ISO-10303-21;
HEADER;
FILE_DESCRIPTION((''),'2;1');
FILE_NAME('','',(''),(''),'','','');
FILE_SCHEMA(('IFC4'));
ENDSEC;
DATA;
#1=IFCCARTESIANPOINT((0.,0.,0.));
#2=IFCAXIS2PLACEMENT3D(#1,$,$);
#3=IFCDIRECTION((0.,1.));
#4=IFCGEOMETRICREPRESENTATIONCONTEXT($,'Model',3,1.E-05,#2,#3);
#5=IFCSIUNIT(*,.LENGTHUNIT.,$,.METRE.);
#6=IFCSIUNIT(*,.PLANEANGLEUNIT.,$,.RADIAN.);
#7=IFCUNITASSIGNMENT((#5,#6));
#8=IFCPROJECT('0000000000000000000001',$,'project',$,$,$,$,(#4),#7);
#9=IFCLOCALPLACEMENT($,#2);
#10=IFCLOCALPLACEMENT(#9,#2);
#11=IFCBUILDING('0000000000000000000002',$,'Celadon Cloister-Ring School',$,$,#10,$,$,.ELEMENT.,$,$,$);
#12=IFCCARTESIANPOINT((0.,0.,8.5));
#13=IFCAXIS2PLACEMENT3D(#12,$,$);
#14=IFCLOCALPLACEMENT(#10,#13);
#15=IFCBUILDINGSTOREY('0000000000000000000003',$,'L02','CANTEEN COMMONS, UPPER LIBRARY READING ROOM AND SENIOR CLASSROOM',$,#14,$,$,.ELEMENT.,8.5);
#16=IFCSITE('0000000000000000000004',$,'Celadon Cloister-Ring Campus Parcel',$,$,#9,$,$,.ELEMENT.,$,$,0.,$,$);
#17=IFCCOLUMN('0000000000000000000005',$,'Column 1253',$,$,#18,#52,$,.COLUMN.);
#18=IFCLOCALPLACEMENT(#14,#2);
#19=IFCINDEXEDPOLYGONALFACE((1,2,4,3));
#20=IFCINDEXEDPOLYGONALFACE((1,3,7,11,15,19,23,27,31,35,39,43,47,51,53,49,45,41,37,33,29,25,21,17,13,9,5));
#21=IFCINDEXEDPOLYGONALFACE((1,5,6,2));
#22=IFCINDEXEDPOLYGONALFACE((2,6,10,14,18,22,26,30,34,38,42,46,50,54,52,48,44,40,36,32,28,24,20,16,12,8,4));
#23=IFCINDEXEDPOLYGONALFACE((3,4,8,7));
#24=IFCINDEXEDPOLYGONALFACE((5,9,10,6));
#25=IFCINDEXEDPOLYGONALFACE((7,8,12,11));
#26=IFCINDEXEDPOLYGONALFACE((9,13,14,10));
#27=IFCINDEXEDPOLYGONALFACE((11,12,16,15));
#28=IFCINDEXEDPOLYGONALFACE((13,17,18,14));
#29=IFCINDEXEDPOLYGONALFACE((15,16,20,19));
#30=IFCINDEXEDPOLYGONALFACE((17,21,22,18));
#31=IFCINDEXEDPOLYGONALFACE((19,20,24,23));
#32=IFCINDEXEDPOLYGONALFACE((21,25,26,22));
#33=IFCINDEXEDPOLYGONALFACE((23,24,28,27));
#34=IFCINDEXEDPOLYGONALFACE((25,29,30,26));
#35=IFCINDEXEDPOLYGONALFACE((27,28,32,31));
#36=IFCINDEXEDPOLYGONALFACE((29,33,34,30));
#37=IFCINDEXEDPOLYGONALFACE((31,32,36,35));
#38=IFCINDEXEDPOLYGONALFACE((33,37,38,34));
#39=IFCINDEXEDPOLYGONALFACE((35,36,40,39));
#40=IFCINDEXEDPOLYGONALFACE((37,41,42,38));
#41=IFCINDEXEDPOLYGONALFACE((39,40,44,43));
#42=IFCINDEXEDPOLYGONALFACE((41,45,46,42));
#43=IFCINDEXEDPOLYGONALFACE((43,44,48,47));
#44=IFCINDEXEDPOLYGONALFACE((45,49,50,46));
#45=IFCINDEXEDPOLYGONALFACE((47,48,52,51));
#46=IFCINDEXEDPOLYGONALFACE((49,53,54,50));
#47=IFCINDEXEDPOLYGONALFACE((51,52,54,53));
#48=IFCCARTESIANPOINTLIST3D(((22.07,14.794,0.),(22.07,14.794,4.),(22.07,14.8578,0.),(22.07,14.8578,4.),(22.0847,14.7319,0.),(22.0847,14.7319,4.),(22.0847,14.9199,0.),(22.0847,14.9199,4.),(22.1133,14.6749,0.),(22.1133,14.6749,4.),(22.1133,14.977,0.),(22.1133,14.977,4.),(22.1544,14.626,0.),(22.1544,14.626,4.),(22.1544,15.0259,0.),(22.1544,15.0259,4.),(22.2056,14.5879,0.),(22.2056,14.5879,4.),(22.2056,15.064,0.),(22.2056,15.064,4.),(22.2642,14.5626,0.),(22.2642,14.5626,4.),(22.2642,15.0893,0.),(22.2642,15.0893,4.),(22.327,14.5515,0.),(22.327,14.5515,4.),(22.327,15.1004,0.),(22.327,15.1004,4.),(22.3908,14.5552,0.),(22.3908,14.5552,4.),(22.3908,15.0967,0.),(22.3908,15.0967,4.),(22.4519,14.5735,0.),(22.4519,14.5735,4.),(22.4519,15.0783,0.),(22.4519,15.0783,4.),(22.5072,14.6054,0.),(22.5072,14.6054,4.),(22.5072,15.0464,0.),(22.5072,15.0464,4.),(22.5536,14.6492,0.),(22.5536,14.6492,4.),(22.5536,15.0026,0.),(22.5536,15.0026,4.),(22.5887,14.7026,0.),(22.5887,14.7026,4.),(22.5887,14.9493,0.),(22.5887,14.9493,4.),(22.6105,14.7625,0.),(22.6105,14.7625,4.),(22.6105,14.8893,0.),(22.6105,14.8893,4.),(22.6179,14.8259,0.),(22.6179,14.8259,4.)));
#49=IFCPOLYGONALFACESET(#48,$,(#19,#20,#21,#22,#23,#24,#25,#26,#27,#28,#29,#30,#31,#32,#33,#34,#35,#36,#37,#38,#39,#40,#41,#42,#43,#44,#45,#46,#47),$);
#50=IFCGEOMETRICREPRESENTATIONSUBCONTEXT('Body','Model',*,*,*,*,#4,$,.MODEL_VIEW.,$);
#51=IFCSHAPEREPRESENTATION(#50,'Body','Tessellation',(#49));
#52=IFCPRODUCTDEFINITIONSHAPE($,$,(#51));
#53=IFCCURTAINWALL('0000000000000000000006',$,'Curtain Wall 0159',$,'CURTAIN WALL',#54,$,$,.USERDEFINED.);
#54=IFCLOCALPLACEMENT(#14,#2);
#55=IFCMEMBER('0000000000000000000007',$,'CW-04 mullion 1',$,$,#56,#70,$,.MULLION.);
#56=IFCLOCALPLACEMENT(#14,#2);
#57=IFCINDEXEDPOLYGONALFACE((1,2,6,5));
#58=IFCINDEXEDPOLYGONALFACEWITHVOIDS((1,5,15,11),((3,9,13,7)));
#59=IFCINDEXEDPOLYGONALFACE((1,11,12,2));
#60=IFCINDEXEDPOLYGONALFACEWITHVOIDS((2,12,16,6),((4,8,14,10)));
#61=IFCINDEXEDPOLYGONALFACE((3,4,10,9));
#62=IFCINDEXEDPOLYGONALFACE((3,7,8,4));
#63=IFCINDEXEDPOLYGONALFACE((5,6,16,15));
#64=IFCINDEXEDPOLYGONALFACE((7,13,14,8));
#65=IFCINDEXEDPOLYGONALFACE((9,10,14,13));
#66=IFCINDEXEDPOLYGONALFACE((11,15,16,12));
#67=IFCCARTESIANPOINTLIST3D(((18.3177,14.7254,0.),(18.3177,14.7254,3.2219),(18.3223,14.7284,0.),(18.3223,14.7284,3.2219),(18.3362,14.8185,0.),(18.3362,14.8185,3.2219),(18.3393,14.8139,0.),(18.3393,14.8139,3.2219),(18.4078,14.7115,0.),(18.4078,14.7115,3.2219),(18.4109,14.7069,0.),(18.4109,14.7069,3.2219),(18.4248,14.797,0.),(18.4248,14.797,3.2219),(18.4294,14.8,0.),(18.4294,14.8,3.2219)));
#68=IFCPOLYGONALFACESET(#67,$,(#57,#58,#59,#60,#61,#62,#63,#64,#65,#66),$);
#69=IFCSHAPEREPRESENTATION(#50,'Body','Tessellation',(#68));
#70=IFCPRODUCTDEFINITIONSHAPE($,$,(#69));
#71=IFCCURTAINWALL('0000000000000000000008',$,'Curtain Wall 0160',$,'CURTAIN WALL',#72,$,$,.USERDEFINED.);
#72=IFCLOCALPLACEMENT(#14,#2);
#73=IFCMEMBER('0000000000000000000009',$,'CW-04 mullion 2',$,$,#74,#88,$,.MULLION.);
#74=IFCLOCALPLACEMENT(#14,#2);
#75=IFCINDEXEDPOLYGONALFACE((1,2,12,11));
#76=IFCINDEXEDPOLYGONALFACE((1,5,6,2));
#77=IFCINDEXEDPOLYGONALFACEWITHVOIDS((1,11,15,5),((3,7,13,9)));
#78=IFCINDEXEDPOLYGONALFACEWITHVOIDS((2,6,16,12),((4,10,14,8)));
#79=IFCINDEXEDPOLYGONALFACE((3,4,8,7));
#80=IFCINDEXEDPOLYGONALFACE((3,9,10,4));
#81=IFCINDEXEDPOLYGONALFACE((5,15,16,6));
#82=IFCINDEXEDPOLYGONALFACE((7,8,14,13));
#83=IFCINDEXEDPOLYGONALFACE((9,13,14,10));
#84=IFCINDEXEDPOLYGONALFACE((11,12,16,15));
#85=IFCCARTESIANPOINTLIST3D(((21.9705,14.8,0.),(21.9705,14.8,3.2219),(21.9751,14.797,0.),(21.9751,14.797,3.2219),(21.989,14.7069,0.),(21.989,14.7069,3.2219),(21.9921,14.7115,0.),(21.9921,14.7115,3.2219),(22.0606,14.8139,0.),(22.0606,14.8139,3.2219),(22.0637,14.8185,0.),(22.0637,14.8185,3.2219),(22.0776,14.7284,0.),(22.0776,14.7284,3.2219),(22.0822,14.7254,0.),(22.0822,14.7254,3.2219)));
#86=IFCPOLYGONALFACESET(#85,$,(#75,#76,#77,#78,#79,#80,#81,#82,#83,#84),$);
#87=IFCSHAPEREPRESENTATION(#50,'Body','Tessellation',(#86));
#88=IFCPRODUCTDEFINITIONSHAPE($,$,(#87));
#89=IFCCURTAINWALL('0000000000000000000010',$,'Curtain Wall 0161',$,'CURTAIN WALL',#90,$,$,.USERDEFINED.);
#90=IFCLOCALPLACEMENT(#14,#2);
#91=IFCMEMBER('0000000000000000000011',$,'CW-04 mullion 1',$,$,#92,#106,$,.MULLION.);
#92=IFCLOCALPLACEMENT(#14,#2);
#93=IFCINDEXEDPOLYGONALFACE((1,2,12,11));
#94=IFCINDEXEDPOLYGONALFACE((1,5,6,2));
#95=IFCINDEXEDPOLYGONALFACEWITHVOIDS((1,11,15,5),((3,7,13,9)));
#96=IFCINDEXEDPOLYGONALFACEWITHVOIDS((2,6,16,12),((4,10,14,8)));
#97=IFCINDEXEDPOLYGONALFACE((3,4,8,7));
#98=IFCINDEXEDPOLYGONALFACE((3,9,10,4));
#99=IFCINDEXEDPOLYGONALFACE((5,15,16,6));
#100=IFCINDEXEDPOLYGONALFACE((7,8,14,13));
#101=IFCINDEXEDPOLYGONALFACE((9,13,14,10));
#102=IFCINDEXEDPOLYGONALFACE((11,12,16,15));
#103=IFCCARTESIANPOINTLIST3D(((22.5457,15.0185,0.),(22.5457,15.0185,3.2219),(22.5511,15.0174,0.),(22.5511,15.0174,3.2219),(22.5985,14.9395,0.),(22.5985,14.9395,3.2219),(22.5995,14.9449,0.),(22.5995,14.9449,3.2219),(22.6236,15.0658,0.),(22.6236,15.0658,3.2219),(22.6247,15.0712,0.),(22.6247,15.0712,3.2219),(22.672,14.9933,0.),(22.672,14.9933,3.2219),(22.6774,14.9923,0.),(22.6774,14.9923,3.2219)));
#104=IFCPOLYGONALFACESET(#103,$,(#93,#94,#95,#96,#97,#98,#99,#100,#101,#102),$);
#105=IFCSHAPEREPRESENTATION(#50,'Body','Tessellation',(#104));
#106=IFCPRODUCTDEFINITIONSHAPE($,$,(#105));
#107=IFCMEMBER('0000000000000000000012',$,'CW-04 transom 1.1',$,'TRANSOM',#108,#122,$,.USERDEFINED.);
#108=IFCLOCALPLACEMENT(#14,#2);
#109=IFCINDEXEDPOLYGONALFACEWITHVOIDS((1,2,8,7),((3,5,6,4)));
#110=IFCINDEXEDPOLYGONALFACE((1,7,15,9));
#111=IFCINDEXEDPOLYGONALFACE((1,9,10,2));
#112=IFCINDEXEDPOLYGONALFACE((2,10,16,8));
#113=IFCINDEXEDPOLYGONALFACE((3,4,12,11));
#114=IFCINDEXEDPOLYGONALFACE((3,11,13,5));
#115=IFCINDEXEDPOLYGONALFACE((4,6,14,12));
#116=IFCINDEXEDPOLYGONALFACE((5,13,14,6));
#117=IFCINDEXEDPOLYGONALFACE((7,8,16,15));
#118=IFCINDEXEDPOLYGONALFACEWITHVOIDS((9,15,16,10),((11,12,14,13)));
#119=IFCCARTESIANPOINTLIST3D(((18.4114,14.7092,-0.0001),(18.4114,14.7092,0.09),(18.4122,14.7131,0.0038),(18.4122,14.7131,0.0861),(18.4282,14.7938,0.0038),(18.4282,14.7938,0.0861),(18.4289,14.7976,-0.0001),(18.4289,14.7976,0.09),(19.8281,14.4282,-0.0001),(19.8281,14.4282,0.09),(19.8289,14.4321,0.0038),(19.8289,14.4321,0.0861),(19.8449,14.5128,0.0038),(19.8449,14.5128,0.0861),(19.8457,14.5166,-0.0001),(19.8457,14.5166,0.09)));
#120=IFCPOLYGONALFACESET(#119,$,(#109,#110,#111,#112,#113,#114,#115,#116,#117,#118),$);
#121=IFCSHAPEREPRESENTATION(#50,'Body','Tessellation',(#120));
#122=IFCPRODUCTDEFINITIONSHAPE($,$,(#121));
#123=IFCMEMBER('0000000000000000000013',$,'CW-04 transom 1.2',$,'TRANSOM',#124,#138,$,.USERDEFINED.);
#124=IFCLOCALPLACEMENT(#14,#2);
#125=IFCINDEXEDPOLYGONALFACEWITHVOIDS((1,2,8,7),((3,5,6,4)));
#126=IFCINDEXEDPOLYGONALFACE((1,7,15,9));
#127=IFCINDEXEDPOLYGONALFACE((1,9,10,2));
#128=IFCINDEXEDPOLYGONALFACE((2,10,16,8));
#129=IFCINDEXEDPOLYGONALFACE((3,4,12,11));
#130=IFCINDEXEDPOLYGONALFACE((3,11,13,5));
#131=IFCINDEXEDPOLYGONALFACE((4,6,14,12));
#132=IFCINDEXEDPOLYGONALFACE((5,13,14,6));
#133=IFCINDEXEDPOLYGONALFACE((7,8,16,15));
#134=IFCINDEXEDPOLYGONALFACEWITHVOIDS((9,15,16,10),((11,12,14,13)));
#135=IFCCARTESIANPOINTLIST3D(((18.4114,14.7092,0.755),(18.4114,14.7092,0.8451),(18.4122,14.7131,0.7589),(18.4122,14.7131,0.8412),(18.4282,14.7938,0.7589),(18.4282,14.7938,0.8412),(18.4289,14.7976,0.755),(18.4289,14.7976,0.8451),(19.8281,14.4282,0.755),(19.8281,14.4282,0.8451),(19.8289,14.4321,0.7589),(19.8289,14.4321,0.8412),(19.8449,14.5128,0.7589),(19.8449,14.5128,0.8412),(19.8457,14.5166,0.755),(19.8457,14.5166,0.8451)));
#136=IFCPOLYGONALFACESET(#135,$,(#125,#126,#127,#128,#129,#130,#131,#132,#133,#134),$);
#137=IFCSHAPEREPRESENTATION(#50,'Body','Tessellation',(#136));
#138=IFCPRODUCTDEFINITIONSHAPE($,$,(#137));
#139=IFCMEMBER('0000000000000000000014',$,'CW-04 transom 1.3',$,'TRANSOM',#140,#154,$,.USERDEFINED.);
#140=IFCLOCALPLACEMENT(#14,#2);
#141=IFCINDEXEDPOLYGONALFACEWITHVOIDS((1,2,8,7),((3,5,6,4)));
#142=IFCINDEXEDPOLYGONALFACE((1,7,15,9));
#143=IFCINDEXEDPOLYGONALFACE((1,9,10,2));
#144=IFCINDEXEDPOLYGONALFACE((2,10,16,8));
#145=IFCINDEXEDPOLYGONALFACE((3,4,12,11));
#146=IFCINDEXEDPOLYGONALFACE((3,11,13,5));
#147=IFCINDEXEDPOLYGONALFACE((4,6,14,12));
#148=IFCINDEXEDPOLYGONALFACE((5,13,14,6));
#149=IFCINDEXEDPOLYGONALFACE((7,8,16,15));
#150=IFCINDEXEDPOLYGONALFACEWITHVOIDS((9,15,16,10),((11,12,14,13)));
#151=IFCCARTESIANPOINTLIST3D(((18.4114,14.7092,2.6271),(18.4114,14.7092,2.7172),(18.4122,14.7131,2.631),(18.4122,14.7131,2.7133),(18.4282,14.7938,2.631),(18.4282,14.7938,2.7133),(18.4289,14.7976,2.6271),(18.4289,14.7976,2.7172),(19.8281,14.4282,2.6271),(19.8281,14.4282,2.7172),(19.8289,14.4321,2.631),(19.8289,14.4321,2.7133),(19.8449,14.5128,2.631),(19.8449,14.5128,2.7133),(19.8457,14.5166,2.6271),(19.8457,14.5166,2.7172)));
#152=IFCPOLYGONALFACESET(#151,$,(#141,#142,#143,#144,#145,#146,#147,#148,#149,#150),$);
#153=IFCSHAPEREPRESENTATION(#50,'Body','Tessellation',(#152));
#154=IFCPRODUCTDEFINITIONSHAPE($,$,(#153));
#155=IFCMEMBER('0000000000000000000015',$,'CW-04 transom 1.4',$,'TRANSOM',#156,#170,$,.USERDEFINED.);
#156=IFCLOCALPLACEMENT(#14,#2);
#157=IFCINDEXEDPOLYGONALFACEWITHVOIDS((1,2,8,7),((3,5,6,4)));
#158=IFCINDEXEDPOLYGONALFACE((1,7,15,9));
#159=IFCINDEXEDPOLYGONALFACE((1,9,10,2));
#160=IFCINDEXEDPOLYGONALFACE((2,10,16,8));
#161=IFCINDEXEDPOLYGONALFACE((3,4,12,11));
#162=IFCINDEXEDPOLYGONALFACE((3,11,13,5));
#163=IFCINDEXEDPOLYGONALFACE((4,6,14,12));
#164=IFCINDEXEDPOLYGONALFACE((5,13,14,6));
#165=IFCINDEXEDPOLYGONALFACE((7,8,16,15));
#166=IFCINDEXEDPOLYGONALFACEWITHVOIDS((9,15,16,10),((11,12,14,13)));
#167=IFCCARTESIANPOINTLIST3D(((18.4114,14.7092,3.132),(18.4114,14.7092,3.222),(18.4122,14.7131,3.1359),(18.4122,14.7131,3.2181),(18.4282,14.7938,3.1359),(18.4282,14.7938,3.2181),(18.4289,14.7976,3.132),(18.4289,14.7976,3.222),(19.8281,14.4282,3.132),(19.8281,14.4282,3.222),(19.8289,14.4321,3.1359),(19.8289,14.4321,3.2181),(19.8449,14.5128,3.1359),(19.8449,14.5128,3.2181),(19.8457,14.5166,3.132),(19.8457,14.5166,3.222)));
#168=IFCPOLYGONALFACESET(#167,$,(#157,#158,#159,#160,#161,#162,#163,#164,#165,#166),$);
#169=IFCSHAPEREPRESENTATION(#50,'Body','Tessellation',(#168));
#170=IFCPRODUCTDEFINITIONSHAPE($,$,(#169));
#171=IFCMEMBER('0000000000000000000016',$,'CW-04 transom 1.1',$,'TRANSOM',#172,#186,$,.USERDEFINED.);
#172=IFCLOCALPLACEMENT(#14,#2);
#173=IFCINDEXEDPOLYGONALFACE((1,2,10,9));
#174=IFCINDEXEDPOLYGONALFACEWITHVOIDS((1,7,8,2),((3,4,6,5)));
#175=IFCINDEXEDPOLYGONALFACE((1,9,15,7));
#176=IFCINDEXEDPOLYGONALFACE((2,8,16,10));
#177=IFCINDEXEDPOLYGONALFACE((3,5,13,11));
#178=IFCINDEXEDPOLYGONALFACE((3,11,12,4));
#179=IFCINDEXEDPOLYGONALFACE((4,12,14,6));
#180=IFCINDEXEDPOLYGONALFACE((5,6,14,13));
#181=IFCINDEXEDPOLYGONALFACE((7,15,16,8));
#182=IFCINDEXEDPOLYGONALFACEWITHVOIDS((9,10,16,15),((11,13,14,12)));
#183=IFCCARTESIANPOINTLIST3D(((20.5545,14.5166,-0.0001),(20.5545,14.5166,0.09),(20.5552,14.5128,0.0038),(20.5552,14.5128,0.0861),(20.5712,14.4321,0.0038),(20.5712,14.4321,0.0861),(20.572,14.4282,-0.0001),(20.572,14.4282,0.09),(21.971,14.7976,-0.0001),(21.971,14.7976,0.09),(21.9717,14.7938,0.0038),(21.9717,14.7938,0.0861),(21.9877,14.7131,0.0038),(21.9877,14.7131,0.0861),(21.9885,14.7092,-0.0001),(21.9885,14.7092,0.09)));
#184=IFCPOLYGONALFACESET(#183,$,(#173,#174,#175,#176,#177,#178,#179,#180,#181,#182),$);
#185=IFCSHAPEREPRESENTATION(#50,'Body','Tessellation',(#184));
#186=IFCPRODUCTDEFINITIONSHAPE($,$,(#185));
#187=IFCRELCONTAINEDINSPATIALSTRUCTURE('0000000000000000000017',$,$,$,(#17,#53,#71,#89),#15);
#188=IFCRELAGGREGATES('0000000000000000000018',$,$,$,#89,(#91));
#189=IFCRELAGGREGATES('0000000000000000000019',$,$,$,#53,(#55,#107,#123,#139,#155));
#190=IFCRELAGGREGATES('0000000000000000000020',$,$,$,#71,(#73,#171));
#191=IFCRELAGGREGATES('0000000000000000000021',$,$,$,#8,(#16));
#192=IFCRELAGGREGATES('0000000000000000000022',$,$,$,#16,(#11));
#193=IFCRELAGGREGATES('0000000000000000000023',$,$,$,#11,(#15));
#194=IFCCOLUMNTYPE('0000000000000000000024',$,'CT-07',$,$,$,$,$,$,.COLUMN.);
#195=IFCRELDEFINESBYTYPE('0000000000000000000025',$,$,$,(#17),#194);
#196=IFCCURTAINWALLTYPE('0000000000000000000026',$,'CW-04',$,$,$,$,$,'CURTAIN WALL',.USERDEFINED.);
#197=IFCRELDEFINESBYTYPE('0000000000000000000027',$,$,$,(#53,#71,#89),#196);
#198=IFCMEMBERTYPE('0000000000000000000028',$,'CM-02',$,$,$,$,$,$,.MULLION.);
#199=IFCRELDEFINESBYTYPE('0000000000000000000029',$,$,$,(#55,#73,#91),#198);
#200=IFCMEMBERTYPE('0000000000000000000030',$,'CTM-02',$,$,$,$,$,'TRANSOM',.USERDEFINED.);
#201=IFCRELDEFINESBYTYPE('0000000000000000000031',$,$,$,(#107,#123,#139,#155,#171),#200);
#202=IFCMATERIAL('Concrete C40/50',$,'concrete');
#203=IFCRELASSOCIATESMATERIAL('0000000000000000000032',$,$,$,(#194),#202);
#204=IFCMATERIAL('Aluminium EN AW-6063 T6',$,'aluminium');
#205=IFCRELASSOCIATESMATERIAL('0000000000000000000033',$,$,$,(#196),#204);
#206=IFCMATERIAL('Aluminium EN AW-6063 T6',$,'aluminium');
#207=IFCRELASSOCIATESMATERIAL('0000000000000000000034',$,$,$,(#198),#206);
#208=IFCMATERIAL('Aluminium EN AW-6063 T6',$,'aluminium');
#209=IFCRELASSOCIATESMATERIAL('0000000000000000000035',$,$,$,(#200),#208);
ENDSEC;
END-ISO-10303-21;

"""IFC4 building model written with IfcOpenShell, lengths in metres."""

from ifc_helpers import new_model, si_unit, direction, frame, origin, origin_2d, place, context, subcontext, project, spatial, hollow_rectangle, circle, extrude, material, material_profile, profile_set, type_object, element, aggregate, save


model = new_model("IFC4")

# Units and contexts
model_context = context("Model", 3, precision=1e-05, world=origin(), true_north=direction((0.0, 1.0)))
body_context = subcontext(model_context, "Body", "Model", "MODEL_VIEW")
ifc_project = project(units=[si_unit("LENGTHUNIT", "METRE"), si_unit("PLANEANGLEUNIT", "RADIAN")], contexts=[model_context])

# Site, building, storey
site_placement = place(None, origin())
site = spatial("IfcSite", under=ifc_project, at=site_placement, Name="Celadon Cloister-Ring Campus Parcel", CompositionType="ELEMENT", RefElevation=0.0)
building_placement = place(site_placement, origin())
building = spatial("IfcBuilding", under=site, at=building_placement, Name="Celadon Cloister-Ring School", CompositionType="ELEMENT")
storey_placement = place(building_placement, frame((0.0, 0.0, 8.5)))
storey = spatial("IfcBuildingStorey", under=building, at=storey_placement, Name="L02", Description="CANTEEN COMMONS, UPPER LIBRARY READING ROOM AND SENIOR CLASSROOM", CompositionType="ELEMENT", Elevation=8.5)

# Column
ifc_material_1 = material(Name="Concrete C40/50", Category="concrete")
ifc_material_profile_1 = material_profile(ifc_material_1, circle(Radius=0.2749, at=origin_2d()), Name="CIRC550")
ifc_profile_set_1 = profile_set([ifc_material_profile_1], Name="Concrete C40/50")
column_type = type_object("IfcColumnType", Name="CT-07", PredefinedType="COLUMN", material=ifc_profile_set_1)
column_placement = place(storey_placement, frame((22.343, 14.8259, 0.0), z_axis=(0.0, 0.0, 1.0), x_axis=(1.0, 0.0, 0.0)))
element("IfcColumn", 1, at=column_placement, inside=storey, type_object=column_type, Name="Column 1253", PredefinedType="COLUMN", context=body_context, shape_type="SweptSolid", body=[
    extrude(circle(Radius=0.2749, at=origin_2d()), origin(), (0.0, 0.0, 1.0), 4.0),
])

# Curtain walls, members
ifc_material_2 = material(Name="Aluminium EN AW-6063 T6", Category="aluminium")
curtain_wall_type = type_object("IfcCurtainWallType", Name="CW-04", ElementType="CURTAIN WALL", PredefinedType="USERDEFINED", material=ifc_material_2)
curtain_wall_1_placement = place(storey_placement, origin())
curtain_wall_1 = element("IfcCurtainWall", 2, at=curtain_wall_1_placement, inside=storey, type_object=curtain_wall_type, Name="Curtain Wall 0159", ObjectType="CURTAIN WALL", PredefinedType="USERDEFINED")
ifc_material_3 = material(Name="Aluminium EN AW-6063 T6", Category="aluminium")
ifc_material_profile_2 = material_profile(ifc_material_3, hollow_rectangle(XDim=0.095, YDim=0.095, WallThickness=0.0039, at=origin_2d()), Name="RHS95X95X4")
ifc_profile_set_2 = profile_set([ifc_material_profile_2], Name="Aluminium EN AW-6063 T6")
member_type_1 = type_object("IfcMemberType", Name="CM-02", PredefinedType="MULLION", material=ifc_profile_set_2)
member_1_placement = place(storey_placement, frame((18.3735, 14.7627, 0.0), z_axis=(0.0, 0.0, 1.0), x_axis=(0.194586, 0.980885, 0.0)))
member_1 = element("IfcMember", 3, at=member_1_placement, type_object=member_type_1, Name="CW-04 mullion 1", PredefinedType="MULLION", context=body_context, shape_type="SweptSolid", body=[
    extrude(hollow_rectangle(XDim=0.095, YDim=0.095, WallThickness=0.0039, at=origin_2d()), origin(), (0.0, 0.0, 1.0), 3.2219),
])
curtain_wall_2_placement = place(storey_placement, origin())
curtain_wall_2 = element("IfcCurtainWall", 4, at=curtain_wall_2_placement, inside=storey, type_object=curtain_wall_type, Name="Curtain Wall 0160", ObjectType="CURTAIN WALL", PredefinedType="USERDEFINED")
member_2_placement = place(storey_placement, frame((22.0264, 14.7627, 0.0), z_axis=(0.0, 0.0, 1.0), x_axis=(-0.194586, 0.980885, 0.0)))
member_2 = element("IfcMember", 5, at=member_2_placement, type_object=member_type_1, Name="CW-04 mullion 2", PredefinedType="MULLION", context=body_context, shape_type="SweptSolid", body=[
    extrude(hollow_rectangle(XDim=0.095, YDim=0.095, WallThickness=0.0039, at=origin_2d()), origin(), (0.0, 0.0, 1.0), 3.2219),
])
curtain_wall_3_placement = place(storey_placement, origin())
curtain_wall_3 = element("IfcCurtainWall", 6, at=curtain_wall_3_placement, inside=storey, type_object=curtain_wall_type, Name="Curtain Wall 0161", ObjectType="CURTAIN WALL", PredefinedType="USERDEFINED")
member_3_placement = place(storey_placement, frame((22.6116, 15.0054, 0.0), z_axis=(0.0, 0.0, 1.0), x_axis=(-0.555547, 0.831485, 0.0)))
member_3 = element("IfcMember", 7, at=member_3_placement, type_object=member_type_1, Name="CW-04 mullion 1", PredefinedType="MULLION", context=body_context, shape_type="SweptSolid", body=[
    extrude(hollow_rectangle(XDim=0.095, YDim=0.095, WallThickness=0.0039, at=origin_2d()), origin(), (0.0, 0.0, 1.0), 3.2219),
])
aggregate(curtain_wall_3, [member_3])

# Members
ifc_material_4 = material(Name="Aluminium EN AW-6063 T6", Category="aluminium")
ifc_material_profile_3 = material_profile(ifc_material_4, hollow_rectangle(XDim=0.0901, YDim=0.0901, WallThickness=0.0039, at=origin_2d()), Name="RHS90X90X4")
ifc_profile_set_3 = profile_set([ifc_material_profile_3], Name="Aluminium EN AW-6063 T6")
member_type_2 = type_object("IfcMemberType", Name="CTM-02", ElementType="TRANSOM", PredefinedType="USERDEFINED", material=ifc_profile_set_3)
member_4_placement = place(storey_placement, frame((18.4202, 14.7534, 0.0449), z_axis=(0.980891, -0.194556, 0.0), x_axis=(0.194556, 0.980891, 0.0)))
member_4 = element("IfcMember", 8, at=member_4_placement, type_object=member_type_2, Name="CW-04 transom 1.1", ObjectType="TRANSOM", PredefinedType="USERDEFINED", context=body_context, shape_type="SweptSolid", body=[
    extrude(hollow_rectangle(XDim=0.0901, YDim=0.0901, WallThickness=0.0039, at=origin_2d()), origin(), (0.0, 0.0, 1.0), 1.4443),
])
member_5_placement = place(storey_placement, frame((18.4202, 14.7534, 0.8), z_axis=(0.980891, -0.194556, 0.0), x_axis=(0.194556, 0.980891, 0.0)))
member_5 = element("IfcMember", 9, at=member_5_placement, type_object=member_type_2, Name="CW-04 transom 1.2", ObjectType="TRANSOM", PredefinedType="USERDEFINED", context=body_context, shape_type="SweptSolid", body=[
    extrude(hollow_rectangle(XDim=0.0901, YDim=0.0901, WallThickness=0.0039, at=origin_2d()), origin(), (0.0, 0.0, 1.0), 1.4443),
])
member_6_placement = place(storey_placement, frame((18.4202, 14.7534, 2.6721), z_axis=(0.980891, -0.194556, 0.0), x_axis=(0.194556, 0.980891, 0.0)))
member_6 = element("IfcMember", 10, at=member_6_placement, type_object=member_type_2, Name="CW-04 transom 1.3", ObjectType="TRANSOM", PredefinedType="USERDEFINED", context=body_context, shape_type="SweptSolid", body=[
    extrude(hollow_rectangle(XDim=0.0901, YDim=0.0901, WallThickness=0.0039, at=origin_2d()), origin(), (0.0, 0.0, 1.0), 1.4443),
])
member_7_placement = place(storey_placement, frame((18.4202, 14.7534, 3.177), z_axis=(0.980891, -0.194556, 0.0), x_axis=(0.194556, 0.980891, 0.0)))
member_7 = element("IfcMember", 11, at=member_7_placement, type_object=member_type_2, Name="CW-04 transom 1.4", ObjectType="TRANSOM", PredefinedType="USERDEFINED", context=body_context, shape_type="SweptSolid", body=[
    extrude(hollow_rectangle(XDim=0.0901, YDim=0.0901, WallThickness=0.0039, at=origin_2d()), origin(), (0.0, 0.0, 1.0), 1.4443),
])
member_8_placement = place(storey_placement, frame((20.5632, 14.4724, 0.0449), z_axis=(0.980885, 0.194588, 0.0), x_axis=(-0.194588, 0.980885, 0.0)))
member_8 = element("IfcMember", 12, at=member_8_placement, type_object=member_type_2, Name="CW-04 transom 1.1", ObjectType="TRANSOM", PredefinedType="USERDEFINED", context=body_context, shape_type="SweptSolid", body=[
    extrude(hollow_rectangle(XDim=0.0901, YDim=0.0901, WallThickness=0.0039, at=origin_2d()), origin(), (0.0, 0.0, 1.0), 1.4441),
])

aggregate(curtain_wall_1, [member_1, member_4, member_5, member_6, member_7])
aggregate(curtain_wall_2, [member_2, member_8])

save(model, "model.ifc")
